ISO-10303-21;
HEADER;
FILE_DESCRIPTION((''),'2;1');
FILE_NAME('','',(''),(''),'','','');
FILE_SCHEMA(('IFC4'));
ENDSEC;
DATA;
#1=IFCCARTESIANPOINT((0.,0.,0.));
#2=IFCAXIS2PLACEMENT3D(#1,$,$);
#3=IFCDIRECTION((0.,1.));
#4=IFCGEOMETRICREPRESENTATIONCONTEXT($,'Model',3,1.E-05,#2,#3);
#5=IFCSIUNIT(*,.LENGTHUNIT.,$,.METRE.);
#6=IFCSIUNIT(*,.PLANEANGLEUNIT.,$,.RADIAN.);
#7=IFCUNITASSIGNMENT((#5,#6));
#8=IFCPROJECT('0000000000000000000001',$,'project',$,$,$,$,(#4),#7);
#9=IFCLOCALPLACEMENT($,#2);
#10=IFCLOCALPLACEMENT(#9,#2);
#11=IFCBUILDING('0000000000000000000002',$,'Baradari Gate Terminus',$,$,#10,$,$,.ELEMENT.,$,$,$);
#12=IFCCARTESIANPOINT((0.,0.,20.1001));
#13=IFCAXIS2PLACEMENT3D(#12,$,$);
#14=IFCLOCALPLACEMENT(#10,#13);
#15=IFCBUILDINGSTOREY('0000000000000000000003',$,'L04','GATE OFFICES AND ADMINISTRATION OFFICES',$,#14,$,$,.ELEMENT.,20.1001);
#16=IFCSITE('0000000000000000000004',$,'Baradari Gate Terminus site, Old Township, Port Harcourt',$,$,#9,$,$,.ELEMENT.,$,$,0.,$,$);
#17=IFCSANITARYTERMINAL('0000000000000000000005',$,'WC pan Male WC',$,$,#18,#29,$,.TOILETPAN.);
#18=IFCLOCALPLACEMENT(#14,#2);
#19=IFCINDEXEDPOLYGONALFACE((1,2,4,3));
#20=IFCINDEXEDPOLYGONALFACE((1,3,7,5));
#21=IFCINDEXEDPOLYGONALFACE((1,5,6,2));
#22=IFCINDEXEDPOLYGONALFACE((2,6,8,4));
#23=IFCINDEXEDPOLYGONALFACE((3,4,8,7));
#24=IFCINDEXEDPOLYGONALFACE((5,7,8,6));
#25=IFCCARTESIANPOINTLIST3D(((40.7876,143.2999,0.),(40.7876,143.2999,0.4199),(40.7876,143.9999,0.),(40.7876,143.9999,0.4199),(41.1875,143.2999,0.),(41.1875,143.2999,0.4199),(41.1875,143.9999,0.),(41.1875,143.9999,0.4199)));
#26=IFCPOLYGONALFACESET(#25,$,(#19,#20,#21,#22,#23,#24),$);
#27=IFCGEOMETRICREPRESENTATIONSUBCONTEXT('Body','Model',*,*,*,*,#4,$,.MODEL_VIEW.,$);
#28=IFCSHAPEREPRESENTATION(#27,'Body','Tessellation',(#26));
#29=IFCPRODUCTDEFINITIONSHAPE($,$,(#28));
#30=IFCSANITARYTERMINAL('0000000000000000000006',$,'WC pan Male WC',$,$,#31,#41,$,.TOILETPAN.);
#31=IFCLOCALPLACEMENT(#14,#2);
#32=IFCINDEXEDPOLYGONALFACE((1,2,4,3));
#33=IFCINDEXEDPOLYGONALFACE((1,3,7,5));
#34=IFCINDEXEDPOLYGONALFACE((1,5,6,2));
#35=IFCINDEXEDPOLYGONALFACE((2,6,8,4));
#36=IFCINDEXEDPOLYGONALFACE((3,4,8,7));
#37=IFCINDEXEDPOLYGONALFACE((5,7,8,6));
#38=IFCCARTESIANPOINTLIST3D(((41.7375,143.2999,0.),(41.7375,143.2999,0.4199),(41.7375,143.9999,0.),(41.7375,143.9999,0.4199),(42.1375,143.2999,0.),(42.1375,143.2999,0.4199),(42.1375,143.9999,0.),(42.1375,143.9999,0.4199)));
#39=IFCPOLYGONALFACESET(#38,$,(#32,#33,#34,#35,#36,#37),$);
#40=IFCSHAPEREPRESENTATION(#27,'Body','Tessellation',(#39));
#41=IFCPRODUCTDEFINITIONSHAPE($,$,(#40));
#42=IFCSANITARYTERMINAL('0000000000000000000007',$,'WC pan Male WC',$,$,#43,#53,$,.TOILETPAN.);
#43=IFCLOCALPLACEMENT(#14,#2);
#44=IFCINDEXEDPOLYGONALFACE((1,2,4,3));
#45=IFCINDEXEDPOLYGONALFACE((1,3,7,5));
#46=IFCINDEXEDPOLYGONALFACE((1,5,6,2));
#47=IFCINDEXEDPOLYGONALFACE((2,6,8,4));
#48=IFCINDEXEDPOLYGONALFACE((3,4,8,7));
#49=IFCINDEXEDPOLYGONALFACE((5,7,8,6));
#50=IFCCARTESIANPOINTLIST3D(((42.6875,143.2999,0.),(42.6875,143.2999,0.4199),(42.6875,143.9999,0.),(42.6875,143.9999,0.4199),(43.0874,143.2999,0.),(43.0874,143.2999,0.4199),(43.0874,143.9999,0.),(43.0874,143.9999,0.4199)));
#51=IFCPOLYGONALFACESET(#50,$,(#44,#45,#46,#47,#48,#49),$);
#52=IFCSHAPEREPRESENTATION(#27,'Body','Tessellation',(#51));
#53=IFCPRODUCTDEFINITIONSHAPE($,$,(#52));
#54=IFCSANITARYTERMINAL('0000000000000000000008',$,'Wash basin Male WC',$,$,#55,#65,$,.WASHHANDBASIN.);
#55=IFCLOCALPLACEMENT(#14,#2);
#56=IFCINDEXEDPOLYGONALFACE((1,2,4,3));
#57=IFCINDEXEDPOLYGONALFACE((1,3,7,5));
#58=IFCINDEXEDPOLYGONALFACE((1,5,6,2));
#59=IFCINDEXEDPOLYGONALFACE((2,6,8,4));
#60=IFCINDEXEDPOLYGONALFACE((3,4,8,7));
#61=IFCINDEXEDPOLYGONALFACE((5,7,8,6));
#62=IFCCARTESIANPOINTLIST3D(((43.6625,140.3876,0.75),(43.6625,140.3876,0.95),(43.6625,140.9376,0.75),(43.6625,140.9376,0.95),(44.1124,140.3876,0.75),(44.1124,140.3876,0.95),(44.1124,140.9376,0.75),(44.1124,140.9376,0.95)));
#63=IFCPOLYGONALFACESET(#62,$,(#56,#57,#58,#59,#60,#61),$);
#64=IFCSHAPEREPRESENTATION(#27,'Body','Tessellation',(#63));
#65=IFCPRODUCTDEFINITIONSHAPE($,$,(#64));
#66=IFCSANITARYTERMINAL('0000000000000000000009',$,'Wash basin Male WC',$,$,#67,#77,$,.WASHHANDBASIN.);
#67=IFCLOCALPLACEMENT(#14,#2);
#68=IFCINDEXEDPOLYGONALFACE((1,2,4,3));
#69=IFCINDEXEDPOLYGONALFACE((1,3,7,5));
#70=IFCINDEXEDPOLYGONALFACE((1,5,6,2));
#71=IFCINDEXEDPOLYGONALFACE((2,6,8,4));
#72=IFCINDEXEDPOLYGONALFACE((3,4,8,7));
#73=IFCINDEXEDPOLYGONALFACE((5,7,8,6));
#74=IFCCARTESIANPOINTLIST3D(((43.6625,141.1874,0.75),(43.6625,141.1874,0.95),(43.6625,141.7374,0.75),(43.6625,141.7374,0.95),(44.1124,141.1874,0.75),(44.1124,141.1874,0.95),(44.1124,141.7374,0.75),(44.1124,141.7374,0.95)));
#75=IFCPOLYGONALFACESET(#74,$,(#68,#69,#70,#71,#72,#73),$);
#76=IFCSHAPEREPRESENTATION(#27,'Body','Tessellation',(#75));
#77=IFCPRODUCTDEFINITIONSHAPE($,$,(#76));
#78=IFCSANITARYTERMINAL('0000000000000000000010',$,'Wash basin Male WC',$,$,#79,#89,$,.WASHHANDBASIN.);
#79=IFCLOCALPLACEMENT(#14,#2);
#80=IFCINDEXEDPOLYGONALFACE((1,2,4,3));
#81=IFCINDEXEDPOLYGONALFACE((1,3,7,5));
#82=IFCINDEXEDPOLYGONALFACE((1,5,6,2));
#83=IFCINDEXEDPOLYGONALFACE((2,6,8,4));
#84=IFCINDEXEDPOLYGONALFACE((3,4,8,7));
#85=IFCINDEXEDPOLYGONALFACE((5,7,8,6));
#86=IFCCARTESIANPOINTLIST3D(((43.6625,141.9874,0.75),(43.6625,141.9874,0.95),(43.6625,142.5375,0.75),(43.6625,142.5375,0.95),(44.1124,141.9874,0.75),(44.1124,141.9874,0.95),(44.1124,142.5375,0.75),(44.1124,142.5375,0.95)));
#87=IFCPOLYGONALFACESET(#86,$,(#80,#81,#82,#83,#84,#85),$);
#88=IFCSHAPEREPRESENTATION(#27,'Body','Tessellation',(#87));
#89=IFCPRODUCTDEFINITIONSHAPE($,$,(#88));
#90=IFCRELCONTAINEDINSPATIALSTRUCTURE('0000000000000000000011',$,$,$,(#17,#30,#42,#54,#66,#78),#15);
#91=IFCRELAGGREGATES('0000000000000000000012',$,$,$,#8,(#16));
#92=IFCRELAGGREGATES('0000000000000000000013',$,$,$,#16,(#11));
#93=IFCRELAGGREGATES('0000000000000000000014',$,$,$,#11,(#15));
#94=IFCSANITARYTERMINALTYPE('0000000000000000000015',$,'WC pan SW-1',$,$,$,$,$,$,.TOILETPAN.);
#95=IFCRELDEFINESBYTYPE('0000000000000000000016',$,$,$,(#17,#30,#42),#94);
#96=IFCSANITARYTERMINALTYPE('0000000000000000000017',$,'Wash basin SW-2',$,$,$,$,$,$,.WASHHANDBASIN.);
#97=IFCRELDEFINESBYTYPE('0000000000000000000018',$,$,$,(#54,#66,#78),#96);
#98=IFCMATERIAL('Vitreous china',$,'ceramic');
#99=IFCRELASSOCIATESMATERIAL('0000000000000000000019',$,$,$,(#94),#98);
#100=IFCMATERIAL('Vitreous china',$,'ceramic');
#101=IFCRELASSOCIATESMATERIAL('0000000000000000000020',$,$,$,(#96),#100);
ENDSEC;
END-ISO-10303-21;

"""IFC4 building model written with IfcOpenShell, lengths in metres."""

from ifc_helpers import new_model, si_unit, direction, frame, origin, origin_2d, place, context, subcontext, project, spatial, rectangle, extrude, material, type_object, element, save


model = new_model("IFC4")

# Units and contexts
model_context = context("Model", 3, precision=1e-05, world=origin(), true_north=direction((0.0, 1.0)))
body_context = subcontext(model_context, "Body", "Model", "MODEL_VIEW")
ifc_project = project(units=[si_unit("LENGTHUNIT", "METRE"), si_unit("PLANEANGLEUNIT", "RADIAN")], contexts=[model_context])

# Site, building, storey
site_placement = place(None, origin())
site = spatial("IfcSite", under=ifc_project, at=site_placement, Name="Baradari Gate Terminus site, Old Township, Port Harcourt", CompositionType="ELEMENT", RefElevation=0.0)
building_placement = place(site_placement, origin())
building = spatial("IfcBuilding", under=site, at=building_placement, Name="Baradari Gate Terminus", CompositionType="ELEMENT")
storey_placement = place(building_placement, frame((0.0, 0.0, 20.1001)))
storey = spatial("IfcBuildingStorey", under=building, at=storey_placement, Name="L04", Description="GATE OFFICES AND ADMINISTRATION OFFICES", CompositionType="ELEMENT", Elevation=20.1001)

# Sanitary terminals
ifc_material_1 = material(Name="Vitreous china", Category="ceramic")
sanitary_terminal_type_1 = type_object("IfcSanitaryTerminalType", Name="WC pan SW-1", PredefinedType="TOILETPAN", material=ifc_material_1)
for number, where, z_axis, x_axis, name in (
    (1, (40.9875, 143.6499, 0.0), (0.0, 0.0, 1.0), (1.0, 0.0, 0.0), "WC pan Male WC"),
    (2, (41.9375, 143.6499, 0.0), (0.0, 0.0, 1.0), (1.0, 0.0, 0.0), "WC pan Male WC"),
    (3, (42.8875, 143.6499, 0.0), (0.0, 0.0, 1.0), (1.0, 0.0, 0.0), "WC pan Male WC"),
):
    element("IfcSanitaryTerminal", number, at=place(storey_placement, frame(where, z_axis=z_axis, x_axis=x_axis)), inside=storey, type_object=sanitary_terminal_type_1, Name=name, PredefinedType="TOILETPAN", context=body_context, shape_type="SweptSolid", body=[
        extrude(rectangle(XDim=0.3999, YDim=0.7, at=origin_2d()), origin(), (0.0, 0.0, 1.0), 0.4199),
    ])
ifc_material_2 = material(Name="Vitreous china", Category="ceramic")
sanitary_terminal_type_2 = type_object("IfcSanitaryTerminalType", Name="Wash basin SW-2", PredefinedType="WASHHANDBASIN", material=ifc_material_2)
for number, where, z_axis, x_axis, name in (
    (4, (43.8875, 140.6626, 0.75), (0.0, 0.0, 1.0), (1.0, 0.0, 0.0), "Wash basin Male WC"),
    (5, (43.8875, 141.4624, 0.75), (0.0, 0.0, 1.0), (1.0, 0.0, 0.0), "Wash basin Male WC"),
    (6, (43.8875, 142.2625, 0.75), (0.0, 0.0, 1.0), (1.0, 0.0, 0.0), "Wash basin Male WC"),
):
    element("IfcSanitaryTerminal", number, at=place(storey_placement, frame(where, z_axis=z_axis, x_axis=x_axis)), inside=storey, type_object=sanitary_terminal_type_2, Name=name, PredefinedType="WASHHANDBASIN", context=body_context, shape_type="SweptSolid", body=[
        extrude(rectangle(XDim=0.45, YDim=0.55, at=origin_2d()), origin(), (0.0, 0.0, 1.0), 0.2),
    ])

save(model, "model.ifc")
